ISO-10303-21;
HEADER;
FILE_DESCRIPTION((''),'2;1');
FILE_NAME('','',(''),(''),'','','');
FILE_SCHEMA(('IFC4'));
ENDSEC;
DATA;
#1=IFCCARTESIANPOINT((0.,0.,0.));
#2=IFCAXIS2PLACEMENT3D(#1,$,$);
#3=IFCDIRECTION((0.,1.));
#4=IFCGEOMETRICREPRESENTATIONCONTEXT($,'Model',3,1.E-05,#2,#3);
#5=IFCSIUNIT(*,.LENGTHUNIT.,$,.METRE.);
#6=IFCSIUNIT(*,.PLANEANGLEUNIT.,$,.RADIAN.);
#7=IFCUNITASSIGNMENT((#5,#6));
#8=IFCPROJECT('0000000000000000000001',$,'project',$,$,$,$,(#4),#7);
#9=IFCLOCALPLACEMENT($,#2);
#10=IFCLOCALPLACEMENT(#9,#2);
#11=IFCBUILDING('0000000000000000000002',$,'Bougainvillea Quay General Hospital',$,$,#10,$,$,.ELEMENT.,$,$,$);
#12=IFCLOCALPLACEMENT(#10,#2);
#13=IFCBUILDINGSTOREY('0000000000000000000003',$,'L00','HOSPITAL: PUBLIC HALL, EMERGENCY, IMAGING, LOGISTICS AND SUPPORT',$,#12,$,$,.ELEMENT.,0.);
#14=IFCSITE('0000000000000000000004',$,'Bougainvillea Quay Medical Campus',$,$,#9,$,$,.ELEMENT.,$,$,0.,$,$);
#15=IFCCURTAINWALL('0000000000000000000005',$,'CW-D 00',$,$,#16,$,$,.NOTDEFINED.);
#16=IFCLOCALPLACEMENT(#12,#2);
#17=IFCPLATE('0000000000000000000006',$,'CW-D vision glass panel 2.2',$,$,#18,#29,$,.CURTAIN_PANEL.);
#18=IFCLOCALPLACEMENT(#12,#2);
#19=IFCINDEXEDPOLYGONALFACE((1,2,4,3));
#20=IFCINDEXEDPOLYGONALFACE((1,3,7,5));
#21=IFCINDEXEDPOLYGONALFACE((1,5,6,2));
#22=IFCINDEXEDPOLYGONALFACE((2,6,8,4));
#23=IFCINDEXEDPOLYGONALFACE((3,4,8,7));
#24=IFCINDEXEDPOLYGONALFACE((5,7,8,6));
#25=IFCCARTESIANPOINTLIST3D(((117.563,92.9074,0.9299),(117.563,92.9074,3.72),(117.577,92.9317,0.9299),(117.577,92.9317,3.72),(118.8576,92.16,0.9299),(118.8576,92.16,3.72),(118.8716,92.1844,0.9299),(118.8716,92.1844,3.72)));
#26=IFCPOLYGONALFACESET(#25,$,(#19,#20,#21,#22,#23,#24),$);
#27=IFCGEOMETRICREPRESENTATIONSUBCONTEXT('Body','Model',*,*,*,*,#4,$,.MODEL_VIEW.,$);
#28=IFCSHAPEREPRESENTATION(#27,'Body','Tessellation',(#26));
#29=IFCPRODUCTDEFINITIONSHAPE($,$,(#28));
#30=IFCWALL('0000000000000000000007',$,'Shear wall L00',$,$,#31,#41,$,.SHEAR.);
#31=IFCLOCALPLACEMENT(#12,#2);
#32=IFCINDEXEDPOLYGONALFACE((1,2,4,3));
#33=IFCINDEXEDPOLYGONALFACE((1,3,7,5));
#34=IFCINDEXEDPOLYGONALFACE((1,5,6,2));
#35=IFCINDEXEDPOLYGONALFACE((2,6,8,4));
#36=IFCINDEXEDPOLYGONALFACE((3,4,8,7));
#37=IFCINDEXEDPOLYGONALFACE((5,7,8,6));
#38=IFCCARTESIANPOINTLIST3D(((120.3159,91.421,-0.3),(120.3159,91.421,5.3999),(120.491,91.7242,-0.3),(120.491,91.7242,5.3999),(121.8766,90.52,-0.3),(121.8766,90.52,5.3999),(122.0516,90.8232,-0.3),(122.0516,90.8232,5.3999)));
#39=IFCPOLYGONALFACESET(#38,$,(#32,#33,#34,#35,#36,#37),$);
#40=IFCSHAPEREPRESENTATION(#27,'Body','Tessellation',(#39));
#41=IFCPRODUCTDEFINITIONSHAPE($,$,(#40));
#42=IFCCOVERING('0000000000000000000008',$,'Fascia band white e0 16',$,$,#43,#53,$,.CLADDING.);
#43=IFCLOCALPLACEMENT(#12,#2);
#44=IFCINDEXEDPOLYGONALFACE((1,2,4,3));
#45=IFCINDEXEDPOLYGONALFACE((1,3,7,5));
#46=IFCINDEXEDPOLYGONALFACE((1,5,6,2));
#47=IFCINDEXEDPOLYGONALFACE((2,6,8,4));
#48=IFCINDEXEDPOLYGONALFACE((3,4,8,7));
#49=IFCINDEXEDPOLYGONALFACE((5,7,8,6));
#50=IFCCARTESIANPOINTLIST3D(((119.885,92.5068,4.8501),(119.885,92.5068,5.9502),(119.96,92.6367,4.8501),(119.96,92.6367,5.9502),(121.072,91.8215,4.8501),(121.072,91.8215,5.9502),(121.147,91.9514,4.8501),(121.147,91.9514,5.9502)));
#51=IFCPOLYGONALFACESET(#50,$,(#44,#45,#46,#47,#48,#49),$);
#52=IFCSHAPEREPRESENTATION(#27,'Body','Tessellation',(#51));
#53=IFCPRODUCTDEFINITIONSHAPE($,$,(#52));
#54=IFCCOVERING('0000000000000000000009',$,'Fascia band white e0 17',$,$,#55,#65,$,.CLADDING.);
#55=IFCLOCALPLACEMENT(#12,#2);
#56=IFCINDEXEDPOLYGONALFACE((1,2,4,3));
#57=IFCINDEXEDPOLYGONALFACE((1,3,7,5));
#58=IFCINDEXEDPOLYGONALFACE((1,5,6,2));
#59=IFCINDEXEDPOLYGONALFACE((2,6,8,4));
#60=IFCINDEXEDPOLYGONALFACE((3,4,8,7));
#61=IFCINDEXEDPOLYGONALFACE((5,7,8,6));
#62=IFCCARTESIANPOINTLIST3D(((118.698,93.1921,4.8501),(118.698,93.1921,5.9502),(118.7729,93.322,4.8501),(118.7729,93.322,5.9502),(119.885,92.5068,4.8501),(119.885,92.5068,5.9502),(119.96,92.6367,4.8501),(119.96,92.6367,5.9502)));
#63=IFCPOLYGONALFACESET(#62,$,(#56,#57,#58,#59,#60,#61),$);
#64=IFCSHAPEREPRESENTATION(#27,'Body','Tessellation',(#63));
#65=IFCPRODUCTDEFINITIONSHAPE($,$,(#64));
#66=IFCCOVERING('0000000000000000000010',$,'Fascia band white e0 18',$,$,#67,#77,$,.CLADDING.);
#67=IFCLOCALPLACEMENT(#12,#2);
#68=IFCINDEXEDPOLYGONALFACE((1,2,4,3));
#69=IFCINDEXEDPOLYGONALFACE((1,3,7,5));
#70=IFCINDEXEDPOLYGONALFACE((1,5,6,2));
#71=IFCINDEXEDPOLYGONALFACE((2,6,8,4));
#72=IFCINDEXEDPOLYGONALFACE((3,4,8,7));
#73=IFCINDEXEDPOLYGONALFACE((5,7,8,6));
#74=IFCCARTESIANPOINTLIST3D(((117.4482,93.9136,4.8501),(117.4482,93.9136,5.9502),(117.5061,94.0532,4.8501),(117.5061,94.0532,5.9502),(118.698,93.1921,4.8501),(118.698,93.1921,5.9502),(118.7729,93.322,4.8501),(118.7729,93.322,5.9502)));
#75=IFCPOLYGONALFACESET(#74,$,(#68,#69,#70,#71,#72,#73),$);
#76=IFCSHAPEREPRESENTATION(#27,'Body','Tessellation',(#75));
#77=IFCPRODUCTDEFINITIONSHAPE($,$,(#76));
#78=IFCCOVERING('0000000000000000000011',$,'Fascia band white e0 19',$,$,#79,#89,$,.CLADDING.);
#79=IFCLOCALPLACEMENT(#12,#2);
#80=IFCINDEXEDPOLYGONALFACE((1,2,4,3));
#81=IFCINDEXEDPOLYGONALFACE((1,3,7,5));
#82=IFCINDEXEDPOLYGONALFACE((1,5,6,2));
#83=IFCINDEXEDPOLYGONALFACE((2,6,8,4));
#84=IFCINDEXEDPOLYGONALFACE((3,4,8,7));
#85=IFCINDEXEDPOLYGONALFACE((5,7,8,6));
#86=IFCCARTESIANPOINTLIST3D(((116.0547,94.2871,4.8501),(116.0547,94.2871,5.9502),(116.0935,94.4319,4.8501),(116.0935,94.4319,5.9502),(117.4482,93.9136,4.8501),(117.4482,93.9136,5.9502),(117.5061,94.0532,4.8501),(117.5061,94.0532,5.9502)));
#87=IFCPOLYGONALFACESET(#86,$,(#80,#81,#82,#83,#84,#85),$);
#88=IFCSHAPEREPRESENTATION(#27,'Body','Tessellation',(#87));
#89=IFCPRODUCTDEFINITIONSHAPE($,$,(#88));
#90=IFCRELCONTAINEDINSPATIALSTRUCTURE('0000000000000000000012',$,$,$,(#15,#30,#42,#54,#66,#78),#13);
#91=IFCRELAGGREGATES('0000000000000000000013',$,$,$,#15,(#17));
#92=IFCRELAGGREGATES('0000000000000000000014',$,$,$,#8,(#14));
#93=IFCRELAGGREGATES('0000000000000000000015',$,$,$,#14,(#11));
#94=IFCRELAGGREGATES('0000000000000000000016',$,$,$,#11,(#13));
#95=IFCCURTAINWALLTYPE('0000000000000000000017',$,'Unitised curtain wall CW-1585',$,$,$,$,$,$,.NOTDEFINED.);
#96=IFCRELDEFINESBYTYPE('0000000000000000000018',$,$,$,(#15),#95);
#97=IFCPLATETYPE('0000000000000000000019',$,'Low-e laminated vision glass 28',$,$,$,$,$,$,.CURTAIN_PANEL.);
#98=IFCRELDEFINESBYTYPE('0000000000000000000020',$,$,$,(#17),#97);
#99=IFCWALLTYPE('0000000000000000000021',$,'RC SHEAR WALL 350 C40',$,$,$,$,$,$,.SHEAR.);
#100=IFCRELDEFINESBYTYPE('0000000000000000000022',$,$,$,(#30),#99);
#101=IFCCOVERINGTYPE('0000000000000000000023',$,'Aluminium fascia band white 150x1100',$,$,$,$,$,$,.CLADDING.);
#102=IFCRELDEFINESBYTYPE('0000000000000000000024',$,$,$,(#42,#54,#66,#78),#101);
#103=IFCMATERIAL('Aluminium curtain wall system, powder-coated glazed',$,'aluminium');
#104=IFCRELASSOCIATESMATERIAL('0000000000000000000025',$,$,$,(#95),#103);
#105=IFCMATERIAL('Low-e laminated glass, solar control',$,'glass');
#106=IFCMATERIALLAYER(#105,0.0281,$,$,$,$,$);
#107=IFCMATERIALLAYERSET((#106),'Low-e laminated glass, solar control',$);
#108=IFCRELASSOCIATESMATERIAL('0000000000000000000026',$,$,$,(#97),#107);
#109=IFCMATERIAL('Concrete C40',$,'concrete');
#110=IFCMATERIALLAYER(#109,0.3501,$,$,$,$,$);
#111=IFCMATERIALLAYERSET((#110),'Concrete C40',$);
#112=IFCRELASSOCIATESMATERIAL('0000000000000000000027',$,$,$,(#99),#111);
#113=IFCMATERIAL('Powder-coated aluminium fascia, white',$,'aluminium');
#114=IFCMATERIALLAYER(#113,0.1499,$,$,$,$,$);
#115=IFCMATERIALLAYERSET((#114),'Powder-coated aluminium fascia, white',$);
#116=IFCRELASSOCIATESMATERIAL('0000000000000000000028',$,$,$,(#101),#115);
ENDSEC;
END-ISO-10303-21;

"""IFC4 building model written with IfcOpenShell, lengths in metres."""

from ifc_helpers import new_model, si_unit, direction, frame, frame_2d, origin, origin_2d, place, context, subcontext, project, spatial, polyline, rectangle, outline, extrude, material, layer, layer_set, type_object, element, aggregate, save


model = new_model("IFC4")

# Units and contexts
model_context = context("Model", 3, precision=1e-05, world=origin(), true_north=direction((0.0, 1.0)))
body_context = subcontext(model_context, "Body", "Model", "MODEL_VIEW")
ifc_project = project(units=[si_unit("LENGTHUNIT", "METRE"), si_unit("PLANEANGLEUNIT", "RADIAN")], contexts=[model_context])

# Site, building, storey
site_placement = place(None, origin())
site = spatial("IfcSite", under=ifc_project, at=site_placement, Name="Bougainvillea Quay Medical Campus", CompositionType="ELEMENT", RefElevation=0.0)
building_placement = place(site_placement, origin())
building = spatial("IfcBuilding", under=site, at=building_placement, Name="Bougainvillea Quay General Hospital", CompositionType="ELEMENT")
storey_placement = place(building_placement, origin())
storey = spatial("IfcBuildingStorey", under=building, at=storey_placement, Name="L00", Description="HOSPITAL: PUBLIC HALL, EMERGENCY, IMAGING, LOGISTICS AND SUPPORT", CompositionType="ELEMENT", Elevation=0.0)

# Curtain wall, plate
ifc_material_1 = material(Name="Aluminium curtain wall system, powder-coated glazed", Category="aluminium")
curtain_wall_type = type_object("IfcCurtainWallType", Name="Unitised curtain wall CW-1585", PredefinedType="NOTDEFINED", material=ifc_material_1)
curtain_wall_placement = place(storey_placement, origin())
curtain_wall = element("IfcCurtainWall", 1, at=curtain_wall_placement, inside=storey, type_object=curtain_wall_type, Name="CW-D 00", PredefinedType="NOTDEFINED")
ifc_material_2 = material(Name="Low-e laminated glass, solar control", Category="glass")
ifc_layer_1 = layer(ifc_material_2, 0.0281)
ifc_layer_set_1 = layer_set([ifc_layer_1], Name="Low-e laminated glass, solar control")
plate_type_1 = type_object("IfcPlateType", Name="Low-e laminated vision glass 28", PredefinedType="CURTAIN_PANEL", material=ifc_layer_set_1)
plate_1_placement = place(storey_placement, frame((118.2173, 92.5459, 0.9299), z_axis=(0.0, 0.0, 1.0), x_axis=(-0.866046, 0.499965, 0.0)))
plate_1 = element("IfcPlate", 2, at=plate_1_placement, type_object=plate_type_1, Name="CW-D vision glass panel 2.2", PredefinedType="CURTAIN_PANEL", context=body_context, shape_type="SweptSolid", body=[
    extrude(rectangle(XDim=1.4949, YDim=0.0281, at=origin_2d()), origin(), (0.0, 0.0, 1.0), 2.79),
])
aggregate(curtain_wall, [plate_1])

# Wall
ifc_material_3 = material(Name="Concrete C40", Category="concrete")
ifc_layer_2 = layer(ifc_material_3, 0.3501)
ifc_layer_set_2 = layer_set([ifc_layer_2], Name="Concrete C40")
wall_type = type_object("IfcWallType", Name="RC SHEAR WALL 350 C40", PredefinedType="SHEAR", material=ifc_layer_set_2)
wall_placement = place(storey_placement, frame((120.4036, 91.5725, -0.3), z_axis=(0.0, 0.0, 1.0), x_axis=(0.86605, -0.499957, 0.0)))
element("IfcWall", 3, at=wall_placement, inside=storey, type_object=wall_type, Name="Shear wall L00", PredefinedType="SHEAR", context=body_context, shape_type="SweptSolid", body=[
    extrude(rectangle(XDim=1.802, YDim=0.3501, at=frame_2d((0.9009, 0.0))), origin(), (0.0, 0.0, 1.0), 5.7),
])

# Coverings
ifc_material_4 = material(Name="Powder-coated aluminium fascia, white", Category="aluminium")
ifc_layer_3 = layer(ifc_material_4, 0.1499)
ifc_layer_set_3 = layer_set([ifc_layer_3], Name="Powder-coated aluminium fascia, white")
covering_type = type_object("IfcCoveringType", Name="Aluminium fascia band white 150x1100", PredefinedType="CLADDING", material=ifc_layer_set_3)
for number, where, z_axis, x_axis, name in (
    (4, (121.072, 91.8215, 4.8501), (0.0, 0.0, 1.0), (-0.866031, 0.49999, 0.0), "Fascia band white e0 16"),
    (5, (119.885, 92.5068, 4.8501), (0.0, 0.0, 1.0), (-0.866031, 0.49999, 0.0), "Fascia band white e0 17"),
):
    element("IfcCovering", number, at=place(storey_placement, frame(where, z_axis=z_axis, x_axis=x_axis)), inside=storey, type_object=covering_type, Name=name, PredefinedType="CLADDING", context=body_context, shape_type="SweptSolid", body=[
        extrude(outline(polyline([(0.0, 0.0), (1.3706, 0.0), (1.3707, -0.15), (0.0, -0.15), (0.0, 0.0)])), origin(), (0.0, 0.0, 1.0), 1.1001),
    ])
covering_1_placement = place(storey_placement, frame((118.698, 93.1921, 4.8501), z_axis=(0.0, 0.0, 1.0), x_axis=(-0.866059, 0.499942, 0.0)))
element("IfcCovering", 6, at=covering_1_placement, inside=storey, type_object=covering_type, Name="Fascia band white e0 18", PredefinedType="CLADDING", context=body_context, shape_type="SweptSolid", body=[
    extrude(outline(polyline([(0.0, 0.0), (1.443, 0.0), (1.4627, -0.1499), (0.0, -0.15), (0.0, 0.0)])), origin(), (0.0, 0.0, 1.0), 1.1001),
])
covering_2_placement = place(storey_placement, frame((117.4482, 93.9136, 4.8501), z_axis=(0.0, 0.0, 1.0), x_axis=(-0.965903, 0.258905, 0.0)))
element("IfcCovering", 7, at=covering_2_placement, inside=storey, type_object=covering_type, Name="Fascia band white e0 19", PredefinedType="CLADDING", context=body_context, shape_type="SweptSolid", body=[
    extrude(outline(polyline([(0.0, 0.0), (1.4427, 0.0), (1.4427, -0.1499), (-0.0197, -0.1499), (0.0, 0.0)])), origin(), (0.0, 0.0, 1.0), 1.1001),
])

save(model, "model.ifc")
